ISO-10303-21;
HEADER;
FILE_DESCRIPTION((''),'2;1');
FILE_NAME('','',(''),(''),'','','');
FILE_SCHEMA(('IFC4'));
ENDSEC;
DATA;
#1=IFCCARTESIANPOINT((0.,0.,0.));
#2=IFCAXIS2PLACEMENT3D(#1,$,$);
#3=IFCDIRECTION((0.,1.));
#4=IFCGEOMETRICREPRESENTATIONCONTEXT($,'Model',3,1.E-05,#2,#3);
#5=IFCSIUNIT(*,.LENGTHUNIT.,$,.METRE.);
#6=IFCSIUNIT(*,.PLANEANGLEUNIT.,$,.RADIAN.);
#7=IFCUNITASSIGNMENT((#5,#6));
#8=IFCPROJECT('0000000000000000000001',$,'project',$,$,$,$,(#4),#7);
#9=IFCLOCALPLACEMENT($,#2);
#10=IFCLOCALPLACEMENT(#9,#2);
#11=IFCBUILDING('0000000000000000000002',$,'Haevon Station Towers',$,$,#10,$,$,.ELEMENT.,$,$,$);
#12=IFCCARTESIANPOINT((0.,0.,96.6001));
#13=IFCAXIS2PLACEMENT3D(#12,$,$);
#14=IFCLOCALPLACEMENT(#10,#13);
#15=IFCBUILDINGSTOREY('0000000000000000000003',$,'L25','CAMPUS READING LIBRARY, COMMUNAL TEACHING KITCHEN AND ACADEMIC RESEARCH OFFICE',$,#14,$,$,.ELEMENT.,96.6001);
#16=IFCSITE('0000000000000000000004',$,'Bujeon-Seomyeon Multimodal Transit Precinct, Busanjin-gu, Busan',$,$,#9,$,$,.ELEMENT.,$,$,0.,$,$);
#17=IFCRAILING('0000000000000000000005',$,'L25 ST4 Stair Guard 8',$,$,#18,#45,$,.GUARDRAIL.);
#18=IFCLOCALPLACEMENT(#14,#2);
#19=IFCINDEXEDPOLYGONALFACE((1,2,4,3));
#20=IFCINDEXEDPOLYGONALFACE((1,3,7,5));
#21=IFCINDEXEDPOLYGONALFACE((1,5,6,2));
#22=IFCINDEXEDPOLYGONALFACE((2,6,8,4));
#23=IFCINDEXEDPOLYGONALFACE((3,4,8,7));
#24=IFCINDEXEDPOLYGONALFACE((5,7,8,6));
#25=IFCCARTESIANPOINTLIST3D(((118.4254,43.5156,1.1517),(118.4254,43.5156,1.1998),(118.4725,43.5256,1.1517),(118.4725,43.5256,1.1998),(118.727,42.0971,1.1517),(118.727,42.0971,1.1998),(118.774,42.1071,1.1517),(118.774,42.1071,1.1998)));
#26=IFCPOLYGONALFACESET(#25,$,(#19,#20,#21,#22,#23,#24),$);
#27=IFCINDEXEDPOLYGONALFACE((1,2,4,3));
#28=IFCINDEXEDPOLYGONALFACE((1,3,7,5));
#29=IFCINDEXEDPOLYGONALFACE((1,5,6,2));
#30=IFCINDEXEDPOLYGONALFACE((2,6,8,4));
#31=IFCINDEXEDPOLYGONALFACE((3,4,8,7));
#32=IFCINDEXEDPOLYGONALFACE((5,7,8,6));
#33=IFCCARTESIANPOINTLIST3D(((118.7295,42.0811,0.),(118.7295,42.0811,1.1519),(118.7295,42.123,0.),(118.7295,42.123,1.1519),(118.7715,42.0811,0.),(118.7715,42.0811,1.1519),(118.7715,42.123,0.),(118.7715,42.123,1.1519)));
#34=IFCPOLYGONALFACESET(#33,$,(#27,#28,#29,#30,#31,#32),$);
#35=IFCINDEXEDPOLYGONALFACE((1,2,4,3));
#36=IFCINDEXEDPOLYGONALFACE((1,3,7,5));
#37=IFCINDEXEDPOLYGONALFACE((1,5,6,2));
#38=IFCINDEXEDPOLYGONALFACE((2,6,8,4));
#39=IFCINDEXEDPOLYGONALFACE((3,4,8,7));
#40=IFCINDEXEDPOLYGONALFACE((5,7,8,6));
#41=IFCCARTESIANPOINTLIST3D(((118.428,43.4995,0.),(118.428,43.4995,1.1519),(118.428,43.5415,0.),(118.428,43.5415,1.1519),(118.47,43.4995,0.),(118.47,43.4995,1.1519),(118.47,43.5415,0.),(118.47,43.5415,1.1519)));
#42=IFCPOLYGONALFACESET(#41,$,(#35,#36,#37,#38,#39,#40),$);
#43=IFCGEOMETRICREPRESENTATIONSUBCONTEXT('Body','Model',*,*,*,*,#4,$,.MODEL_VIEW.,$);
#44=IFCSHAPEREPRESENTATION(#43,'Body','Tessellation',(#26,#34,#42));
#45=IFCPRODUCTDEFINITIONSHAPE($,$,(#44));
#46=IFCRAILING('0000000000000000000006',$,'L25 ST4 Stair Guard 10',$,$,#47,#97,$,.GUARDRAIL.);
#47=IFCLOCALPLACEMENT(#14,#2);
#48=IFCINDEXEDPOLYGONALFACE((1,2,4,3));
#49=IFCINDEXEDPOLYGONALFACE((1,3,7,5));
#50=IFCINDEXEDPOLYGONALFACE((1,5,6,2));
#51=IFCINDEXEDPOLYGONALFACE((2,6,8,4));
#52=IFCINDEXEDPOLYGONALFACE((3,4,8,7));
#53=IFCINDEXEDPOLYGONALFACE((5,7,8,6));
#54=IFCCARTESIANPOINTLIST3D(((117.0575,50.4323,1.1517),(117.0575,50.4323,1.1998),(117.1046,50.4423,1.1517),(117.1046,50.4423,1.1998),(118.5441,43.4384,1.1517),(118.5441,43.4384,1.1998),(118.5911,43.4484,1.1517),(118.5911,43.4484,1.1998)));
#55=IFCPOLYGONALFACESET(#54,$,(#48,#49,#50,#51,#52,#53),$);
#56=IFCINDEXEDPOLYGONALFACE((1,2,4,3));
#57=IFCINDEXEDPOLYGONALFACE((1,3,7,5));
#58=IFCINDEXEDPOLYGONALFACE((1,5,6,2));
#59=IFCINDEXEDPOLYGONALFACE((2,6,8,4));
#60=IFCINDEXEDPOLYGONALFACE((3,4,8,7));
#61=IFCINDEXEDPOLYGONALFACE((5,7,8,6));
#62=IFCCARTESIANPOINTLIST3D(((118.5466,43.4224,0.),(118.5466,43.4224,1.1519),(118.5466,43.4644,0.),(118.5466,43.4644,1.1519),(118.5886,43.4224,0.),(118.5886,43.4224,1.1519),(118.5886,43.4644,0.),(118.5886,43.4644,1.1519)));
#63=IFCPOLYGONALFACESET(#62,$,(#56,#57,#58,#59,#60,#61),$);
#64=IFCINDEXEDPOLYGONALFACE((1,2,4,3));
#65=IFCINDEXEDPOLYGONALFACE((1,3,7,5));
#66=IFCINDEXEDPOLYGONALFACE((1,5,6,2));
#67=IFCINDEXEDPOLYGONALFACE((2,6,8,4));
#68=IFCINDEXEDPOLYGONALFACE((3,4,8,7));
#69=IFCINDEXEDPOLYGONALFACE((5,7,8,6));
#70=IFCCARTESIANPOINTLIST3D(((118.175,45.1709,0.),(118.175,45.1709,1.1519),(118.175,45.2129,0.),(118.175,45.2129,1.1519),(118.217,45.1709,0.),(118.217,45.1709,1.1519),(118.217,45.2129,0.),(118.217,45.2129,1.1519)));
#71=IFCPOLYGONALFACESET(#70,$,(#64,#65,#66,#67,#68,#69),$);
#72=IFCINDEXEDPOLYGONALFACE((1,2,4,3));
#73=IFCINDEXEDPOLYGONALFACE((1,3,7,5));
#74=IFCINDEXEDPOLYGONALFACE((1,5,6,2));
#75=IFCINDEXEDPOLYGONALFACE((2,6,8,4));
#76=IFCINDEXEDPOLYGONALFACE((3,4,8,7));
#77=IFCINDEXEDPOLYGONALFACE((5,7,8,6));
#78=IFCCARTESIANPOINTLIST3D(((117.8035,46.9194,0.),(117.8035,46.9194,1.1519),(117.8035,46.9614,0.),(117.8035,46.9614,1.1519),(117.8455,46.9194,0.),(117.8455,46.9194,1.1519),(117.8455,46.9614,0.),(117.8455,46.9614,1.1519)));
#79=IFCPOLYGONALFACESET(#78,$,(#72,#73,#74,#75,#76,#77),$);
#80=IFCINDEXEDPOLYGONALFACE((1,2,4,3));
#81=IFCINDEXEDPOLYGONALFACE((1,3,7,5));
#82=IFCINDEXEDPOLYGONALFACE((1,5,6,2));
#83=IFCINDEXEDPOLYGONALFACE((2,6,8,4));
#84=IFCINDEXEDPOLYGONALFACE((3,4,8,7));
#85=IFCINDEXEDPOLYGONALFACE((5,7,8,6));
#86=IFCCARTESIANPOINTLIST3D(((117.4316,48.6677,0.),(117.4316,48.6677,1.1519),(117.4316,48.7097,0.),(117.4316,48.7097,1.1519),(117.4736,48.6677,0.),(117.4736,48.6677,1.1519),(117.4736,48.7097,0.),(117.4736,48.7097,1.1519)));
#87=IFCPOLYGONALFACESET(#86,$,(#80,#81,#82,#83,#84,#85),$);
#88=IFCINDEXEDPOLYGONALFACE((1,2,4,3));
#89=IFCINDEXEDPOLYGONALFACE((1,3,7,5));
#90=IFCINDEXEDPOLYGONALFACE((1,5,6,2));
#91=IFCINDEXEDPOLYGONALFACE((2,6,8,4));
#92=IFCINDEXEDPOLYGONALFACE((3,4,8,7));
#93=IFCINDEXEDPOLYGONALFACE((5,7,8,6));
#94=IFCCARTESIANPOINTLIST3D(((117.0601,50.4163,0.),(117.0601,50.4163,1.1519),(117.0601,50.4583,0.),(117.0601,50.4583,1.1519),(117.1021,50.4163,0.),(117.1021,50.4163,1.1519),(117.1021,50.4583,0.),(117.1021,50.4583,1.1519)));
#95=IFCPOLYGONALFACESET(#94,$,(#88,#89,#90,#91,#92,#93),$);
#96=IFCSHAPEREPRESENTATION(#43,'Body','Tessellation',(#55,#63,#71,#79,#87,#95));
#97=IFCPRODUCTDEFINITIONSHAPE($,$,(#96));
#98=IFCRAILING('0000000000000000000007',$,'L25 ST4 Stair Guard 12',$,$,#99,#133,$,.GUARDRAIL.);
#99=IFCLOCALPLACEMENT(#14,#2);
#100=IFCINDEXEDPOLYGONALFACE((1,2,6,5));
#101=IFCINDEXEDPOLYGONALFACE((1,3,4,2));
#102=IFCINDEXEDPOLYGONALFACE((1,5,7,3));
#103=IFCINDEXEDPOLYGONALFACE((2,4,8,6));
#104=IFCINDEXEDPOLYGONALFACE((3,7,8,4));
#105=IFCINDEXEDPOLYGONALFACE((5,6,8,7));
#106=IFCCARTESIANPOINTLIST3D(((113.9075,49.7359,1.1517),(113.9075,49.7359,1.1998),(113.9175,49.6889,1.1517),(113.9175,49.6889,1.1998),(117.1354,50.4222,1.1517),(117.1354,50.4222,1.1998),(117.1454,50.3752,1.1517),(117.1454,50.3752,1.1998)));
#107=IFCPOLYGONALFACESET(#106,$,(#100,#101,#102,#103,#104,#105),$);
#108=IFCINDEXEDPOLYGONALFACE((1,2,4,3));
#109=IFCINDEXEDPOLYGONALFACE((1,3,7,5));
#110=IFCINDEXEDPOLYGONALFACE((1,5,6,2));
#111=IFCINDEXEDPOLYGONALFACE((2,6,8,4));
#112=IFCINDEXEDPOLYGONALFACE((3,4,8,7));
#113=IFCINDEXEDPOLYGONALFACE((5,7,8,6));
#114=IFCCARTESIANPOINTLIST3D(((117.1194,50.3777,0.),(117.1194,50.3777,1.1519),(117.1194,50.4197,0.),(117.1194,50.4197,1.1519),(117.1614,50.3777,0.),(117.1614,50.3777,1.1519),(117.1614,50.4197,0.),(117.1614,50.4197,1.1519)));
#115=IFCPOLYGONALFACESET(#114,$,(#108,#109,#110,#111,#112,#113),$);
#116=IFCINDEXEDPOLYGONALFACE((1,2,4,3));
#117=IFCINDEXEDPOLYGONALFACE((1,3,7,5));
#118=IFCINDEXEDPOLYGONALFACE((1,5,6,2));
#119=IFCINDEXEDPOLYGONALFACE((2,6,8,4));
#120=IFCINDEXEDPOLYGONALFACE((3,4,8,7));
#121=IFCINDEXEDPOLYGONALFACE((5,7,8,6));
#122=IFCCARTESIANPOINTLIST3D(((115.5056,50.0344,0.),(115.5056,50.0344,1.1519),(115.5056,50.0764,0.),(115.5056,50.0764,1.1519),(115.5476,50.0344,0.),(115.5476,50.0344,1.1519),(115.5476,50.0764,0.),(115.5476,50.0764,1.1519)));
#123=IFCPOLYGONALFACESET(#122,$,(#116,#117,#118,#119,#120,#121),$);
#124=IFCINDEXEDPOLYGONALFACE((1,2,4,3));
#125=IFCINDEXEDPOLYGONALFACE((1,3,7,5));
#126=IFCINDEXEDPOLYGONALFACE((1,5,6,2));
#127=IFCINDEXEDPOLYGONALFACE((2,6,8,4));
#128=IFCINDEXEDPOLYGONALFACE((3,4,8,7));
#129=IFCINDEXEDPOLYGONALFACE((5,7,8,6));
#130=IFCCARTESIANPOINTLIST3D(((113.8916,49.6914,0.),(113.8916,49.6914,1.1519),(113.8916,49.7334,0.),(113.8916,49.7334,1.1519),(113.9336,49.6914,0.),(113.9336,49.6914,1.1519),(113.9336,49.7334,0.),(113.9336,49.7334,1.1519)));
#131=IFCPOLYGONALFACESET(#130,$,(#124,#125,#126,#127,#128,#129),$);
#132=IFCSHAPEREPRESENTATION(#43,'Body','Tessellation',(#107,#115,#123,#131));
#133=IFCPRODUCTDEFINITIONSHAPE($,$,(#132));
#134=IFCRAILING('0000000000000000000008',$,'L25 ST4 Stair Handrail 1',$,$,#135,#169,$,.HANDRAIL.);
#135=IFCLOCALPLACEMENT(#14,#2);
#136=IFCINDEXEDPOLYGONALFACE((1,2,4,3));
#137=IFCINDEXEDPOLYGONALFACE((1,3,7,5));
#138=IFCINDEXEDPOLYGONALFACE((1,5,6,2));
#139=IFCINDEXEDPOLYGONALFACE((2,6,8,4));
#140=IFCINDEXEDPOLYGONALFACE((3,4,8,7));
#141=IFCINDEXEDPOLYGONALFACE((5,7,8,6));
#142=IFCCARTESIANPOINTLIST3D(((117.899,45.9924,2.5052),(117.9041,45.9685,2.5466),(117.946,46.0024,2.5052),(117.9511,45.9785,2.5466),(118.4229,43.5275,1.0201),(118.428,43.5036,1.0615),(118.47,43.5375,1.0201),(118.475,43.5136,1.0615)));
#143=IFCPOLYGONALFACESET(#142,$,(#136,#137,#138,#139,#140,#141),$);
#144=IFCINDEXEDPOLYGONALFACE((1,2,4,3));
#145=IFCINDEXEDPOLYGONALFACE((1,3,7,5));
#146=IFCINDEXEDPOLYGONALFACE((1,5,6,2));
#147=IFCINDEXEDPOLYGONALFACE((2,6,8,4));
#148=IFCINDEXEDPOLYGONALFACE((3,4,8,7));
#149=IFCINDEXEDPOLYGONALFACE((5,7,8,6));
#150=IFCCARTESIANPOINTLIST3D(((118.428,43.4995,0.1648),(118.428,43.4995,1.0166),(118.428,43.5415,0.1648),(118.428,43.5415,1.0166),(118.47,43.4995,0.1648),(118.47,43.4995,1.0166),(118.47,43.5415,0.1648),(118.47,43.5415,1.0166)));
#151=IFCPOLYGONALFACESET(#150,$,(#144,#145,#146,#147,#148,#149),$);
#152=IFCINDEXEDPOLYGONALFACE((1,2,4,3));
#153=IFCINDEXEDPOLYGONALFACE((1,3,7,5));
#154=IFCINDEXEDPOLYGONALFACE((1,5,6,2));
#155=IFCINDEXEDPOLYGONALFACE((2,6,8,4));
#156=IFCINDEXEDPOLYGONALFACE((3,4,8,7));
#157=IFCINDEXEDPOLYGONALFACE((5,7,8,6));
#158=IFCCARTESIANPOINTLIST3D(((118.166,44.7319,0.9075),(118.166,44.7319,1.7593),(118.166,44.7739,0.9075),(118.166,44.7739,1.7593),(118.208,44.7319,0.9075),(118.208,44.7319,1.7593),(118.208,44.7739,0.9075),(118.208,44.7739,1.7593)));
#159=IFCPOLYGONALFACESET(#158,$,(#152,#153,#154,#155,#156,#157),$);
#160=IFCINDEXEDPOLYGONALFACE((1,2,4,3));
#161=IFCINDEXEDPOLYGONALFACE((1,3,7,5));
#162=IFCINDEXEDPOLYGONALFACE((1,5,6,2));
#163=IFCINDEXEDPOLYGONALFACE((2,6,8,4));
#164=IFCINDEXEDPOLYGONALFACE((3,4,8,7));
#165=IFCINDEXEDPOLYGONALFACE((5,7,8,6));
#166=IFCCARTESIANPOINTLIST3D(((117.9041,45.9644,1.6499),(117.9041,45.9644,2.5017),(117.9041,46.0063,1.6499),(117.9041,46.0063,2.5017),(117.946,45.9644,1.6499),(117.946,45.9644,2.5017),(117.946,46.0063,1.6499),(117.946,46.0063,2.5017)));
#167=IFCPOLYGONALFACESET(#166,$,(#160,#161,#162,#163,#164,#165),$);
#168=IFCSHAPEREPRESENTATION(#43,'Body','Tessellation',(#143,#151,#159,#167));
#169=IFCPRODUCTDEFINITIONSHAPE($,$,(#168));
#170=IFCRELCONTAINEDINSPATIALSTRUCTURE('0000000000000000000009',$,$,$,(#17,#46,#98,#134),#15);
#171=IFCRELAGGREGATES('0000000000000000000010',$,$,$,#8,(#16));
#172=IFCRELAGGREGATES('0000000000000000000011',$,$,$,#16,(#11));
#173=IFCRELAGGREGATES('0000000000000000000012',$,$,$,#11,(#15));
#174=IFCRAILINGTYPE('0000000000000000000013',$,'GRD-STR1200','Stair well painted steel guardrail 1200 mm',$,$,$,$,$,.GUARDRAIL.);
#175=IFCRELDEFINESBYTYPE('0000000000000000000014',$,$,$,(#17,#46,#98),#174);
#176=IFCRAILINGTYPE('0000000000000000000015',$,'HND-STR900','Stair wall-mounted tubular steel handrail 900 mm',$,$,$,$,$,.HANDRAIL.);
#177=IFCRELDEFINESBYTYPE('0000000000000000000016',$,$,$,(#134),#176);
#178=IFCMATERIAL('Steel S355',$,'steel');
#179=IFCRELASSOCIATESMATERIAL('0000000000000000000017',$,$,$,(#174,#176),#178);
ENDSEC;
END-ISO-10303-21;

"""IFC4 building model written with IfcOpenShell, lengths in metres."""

from ifc_helpers import new_model, si_unit, direction, frame, origin, origin_2d, place, context, subcontext, project, spatial, rectangle, extrude, material, type_object, element, save


model = new_model("IFC4")

# Units and contexts
model_context = context("Model", 3, precision=1e-05, world=origin(), true_north=direction((0.0, 1.0)))
body_context = subcontext(model_context, "Body", "Model", "MODEL_VIEW")
ifc_project = project(units=[si_unit("LENGTHUNIT", "METRE"), si_unit("PLANEANGLEUNIT", "RADIAN")], contexts=[model_context])

# Site, building, storey
site_placement = place(None, origin())
site = spatial("IfcSite", under=ifc_project, at=site_placement, Name="Bujeon-Seomyeon Multimodal Transit Precinct, Busanjin-gu, Busan", CompositionType="ELEMENT", RefElevation=0.0)
building_placement = place(site_placement, origin())
building = spatial("IfcBuilding", under=site, at=building_placement, Name="Haevon Station Towers", CompositionType="ELEMENT")
storey_placement = place(building_placement, frame((0.0, 0.0, 96.6001)))
storey = spatial("IfcBuildingStorey", under=building, at=storey_placement, Name="L25", Description="CAMPUS READING LIBRARY, COMMUNAL TEACHING KITCHEN AND ACADEMIC RESEARCH OFFICE", CompositionType="ELEMENT", Elevation=96.6001)

# Shared definitions
ifc_material_1 = material(Name="Steel S355", Category="steel")

# Railings
railing_type_1 = type_object("IfcRailingType", Name="GRD-STR1200", Description="Stair well painted steel guardrail 1200 mm", PredefinedType="GUARDRAIL", material=ifc_material_1)
railing_1_placement = place(storey_placement, frame((118.7505, 42.1021, 0.0)))
element("IfcRailing", 1, at=railing_1_placement, inside=storey, type_object=railing_type_1, Name="L25 ST4 Stair Guard 8", PredefinedType="GUARDRAIL", context=body_context, shape_type="SweptSolid", body=[
    extrude(rectangle(XDim=0.0481, YDim=0.0481, at=origin_2d()), frame((0.0, 0.0, 1.1758), z_axis=(-0.207919, 0.978146, 0.0), x_axis=(-0.978146, -0.207919, 0.0)), (0.0, 0.0, 1.0), 1.4502),
    extrude(rectangle(XDim=0.042, YDim=0.042, at=origin_2d()), origin(), (0.0, 0.0, 1.0), 1.1519),
    extrude(rectangle(XDim=0.042, YDim=0.042, at=origin_2d()), frame((-0.3015, 1.4185, 0.0)), (0.0, 0.0, 1.0), 1.1519),
])
railing_2_placement = place(storey_placement, frame((118.5676, 43.4434, 0.0)))
element("IfcRailing", 2, at=railing_2_placement, inside=storey, type_object=railing_type_1, Name="L25 ST4 Stair Guard 10", PredefinedType="GUARDRAIL", context=body_context, shape_type="SweptSolid", body=[
    extrude(rectangle(XDim=0.0481, YDim=0.0481, at=origin_2d()), frame((0.0, 0.0, 1.1758), z_axis=(-0.207908, 0.978148, 0.0), x_axis=(-0.978148, -0.207908, 0.0)), (0.0, 0.0, 1.0), 7.1501),
    extrude(rectangle(XDim=0.042, YDim=0.042, at=origin_2d()), origin(), (0.0, 0.0, 1.0), 1.1519),
    extrude(rectangle(XDim=0.042, YDim=0.042, at=origin_2d()), frame((-0.3716, 1.7485, 0.0)), (0.0, 0.0, 1.0), 1.1519),
    extrude(rectangle(XDim=0.042, YDim=0.042, at=origin_2d()), frame((-0.7432, 3.4971, 0.0)), (0.0, 0.0, 1.0), 1.1519),
    extrude(rectangle(XDim=0.042, YDim=0.042, at=origin_2d()), frame((-1.115, 5.2454, 0.0)), (0.0, 0.0, 1.0), 1.1519),
    extrude(rectangle(XDim=0.042, YDim=0.042, at=origin_2d()), frame((-1.4866, 6.9939, 0.0)), (0.0, 0.0, 1.0), 1.1519),
])
railing_3_placement = place(storey_placement, frame((117.1404, 50.3987, 0.0)))
element("IfcRailing", 3, at=railing_3_placement, inside=storey, type_object=railing_type_1, Name="L25 ST4 Stair Guard 12", PredefinedType="GUARDRAIL", context=body_context, shape_type="SweptSolid", body=[
    extrude(rectangle(XDim=0.0481, YDim=0.0481, at=origin_2d()), frame((0.0, 0.0, 1.1758), z_axis=(-0.978136, -0.207968, 0.0), x_axis=(0.207968, -0.978136, 0.0)), (0.0, 0.0, 1.0), 3.3),
    extrude(rectangle(XDim=0.042, YDim=0.042, at=origin_2d()), origin(), (0.0, 0.0, 1.0), 1.1519),
    extrude(rectangle(XDim=0.042, YDim=0.042, at=origin_2d()), frame((-1.6138, -0.3433, 0.0)), (0.0, 0.0, 1.0), 1.1519),
    extrude(rectangle(XDim=0.042, YDim=0.042, at=origin_2d()), frame((-3.2278, -0.6863, 0.0)), (0.0, 0.0, 1.0), 1.1519),
])
railing_type_2 = type_object("IfcRailingType", Name="HND-STR900", Description="Stair wall-mounted tubular steel handrail 900 mm", PredefinedType="HANDRAIL", material=ifc_material_1)
railing_4_placement = place(storey_placement, frame((118.449, 43.5205, 0.1648)))
element("IfcRailing", 4, at=railing_4_placement, inside=storey, type_object=railing_type_2, Name="L25 ST4 Stair Handrail 1", PredefinedType="HANDRAIL", context=body_context, shape_type="SweptSolid", body=[
    extrude(rectangle(XDim=0.0481, YDim=0.0481, at=origin_2d()), frame((0.0, 0.0, 0.876), z_axis=(-0.179121, 0.842688, 0.507733), x_axis=(-0.978147, -0.207914, 0.0)), (0.0, 0.0, 1.0), 2.925),
    extrude(rectangle(XDim=0.042, YDim=0.042, at=origin_2d()), origin(), (0.0, 0.0, 1.0), 0.8518),
    extrude(rectangle(XDim=0.042, YDim=0.042, at=origin_2d()), frame((-0.262, 1.2324, 0.7427)), (0.0, 0.0, 1.0), 0.8518),
    extrude(rectangle(XDim=0.042, YDim=0.042, at=origin_2d()), frame((-0.5239, 2.4648, 1.4851)), (0.0, 0.0, 1.0), 0.8518),
])

save(model, "model.ifc")
